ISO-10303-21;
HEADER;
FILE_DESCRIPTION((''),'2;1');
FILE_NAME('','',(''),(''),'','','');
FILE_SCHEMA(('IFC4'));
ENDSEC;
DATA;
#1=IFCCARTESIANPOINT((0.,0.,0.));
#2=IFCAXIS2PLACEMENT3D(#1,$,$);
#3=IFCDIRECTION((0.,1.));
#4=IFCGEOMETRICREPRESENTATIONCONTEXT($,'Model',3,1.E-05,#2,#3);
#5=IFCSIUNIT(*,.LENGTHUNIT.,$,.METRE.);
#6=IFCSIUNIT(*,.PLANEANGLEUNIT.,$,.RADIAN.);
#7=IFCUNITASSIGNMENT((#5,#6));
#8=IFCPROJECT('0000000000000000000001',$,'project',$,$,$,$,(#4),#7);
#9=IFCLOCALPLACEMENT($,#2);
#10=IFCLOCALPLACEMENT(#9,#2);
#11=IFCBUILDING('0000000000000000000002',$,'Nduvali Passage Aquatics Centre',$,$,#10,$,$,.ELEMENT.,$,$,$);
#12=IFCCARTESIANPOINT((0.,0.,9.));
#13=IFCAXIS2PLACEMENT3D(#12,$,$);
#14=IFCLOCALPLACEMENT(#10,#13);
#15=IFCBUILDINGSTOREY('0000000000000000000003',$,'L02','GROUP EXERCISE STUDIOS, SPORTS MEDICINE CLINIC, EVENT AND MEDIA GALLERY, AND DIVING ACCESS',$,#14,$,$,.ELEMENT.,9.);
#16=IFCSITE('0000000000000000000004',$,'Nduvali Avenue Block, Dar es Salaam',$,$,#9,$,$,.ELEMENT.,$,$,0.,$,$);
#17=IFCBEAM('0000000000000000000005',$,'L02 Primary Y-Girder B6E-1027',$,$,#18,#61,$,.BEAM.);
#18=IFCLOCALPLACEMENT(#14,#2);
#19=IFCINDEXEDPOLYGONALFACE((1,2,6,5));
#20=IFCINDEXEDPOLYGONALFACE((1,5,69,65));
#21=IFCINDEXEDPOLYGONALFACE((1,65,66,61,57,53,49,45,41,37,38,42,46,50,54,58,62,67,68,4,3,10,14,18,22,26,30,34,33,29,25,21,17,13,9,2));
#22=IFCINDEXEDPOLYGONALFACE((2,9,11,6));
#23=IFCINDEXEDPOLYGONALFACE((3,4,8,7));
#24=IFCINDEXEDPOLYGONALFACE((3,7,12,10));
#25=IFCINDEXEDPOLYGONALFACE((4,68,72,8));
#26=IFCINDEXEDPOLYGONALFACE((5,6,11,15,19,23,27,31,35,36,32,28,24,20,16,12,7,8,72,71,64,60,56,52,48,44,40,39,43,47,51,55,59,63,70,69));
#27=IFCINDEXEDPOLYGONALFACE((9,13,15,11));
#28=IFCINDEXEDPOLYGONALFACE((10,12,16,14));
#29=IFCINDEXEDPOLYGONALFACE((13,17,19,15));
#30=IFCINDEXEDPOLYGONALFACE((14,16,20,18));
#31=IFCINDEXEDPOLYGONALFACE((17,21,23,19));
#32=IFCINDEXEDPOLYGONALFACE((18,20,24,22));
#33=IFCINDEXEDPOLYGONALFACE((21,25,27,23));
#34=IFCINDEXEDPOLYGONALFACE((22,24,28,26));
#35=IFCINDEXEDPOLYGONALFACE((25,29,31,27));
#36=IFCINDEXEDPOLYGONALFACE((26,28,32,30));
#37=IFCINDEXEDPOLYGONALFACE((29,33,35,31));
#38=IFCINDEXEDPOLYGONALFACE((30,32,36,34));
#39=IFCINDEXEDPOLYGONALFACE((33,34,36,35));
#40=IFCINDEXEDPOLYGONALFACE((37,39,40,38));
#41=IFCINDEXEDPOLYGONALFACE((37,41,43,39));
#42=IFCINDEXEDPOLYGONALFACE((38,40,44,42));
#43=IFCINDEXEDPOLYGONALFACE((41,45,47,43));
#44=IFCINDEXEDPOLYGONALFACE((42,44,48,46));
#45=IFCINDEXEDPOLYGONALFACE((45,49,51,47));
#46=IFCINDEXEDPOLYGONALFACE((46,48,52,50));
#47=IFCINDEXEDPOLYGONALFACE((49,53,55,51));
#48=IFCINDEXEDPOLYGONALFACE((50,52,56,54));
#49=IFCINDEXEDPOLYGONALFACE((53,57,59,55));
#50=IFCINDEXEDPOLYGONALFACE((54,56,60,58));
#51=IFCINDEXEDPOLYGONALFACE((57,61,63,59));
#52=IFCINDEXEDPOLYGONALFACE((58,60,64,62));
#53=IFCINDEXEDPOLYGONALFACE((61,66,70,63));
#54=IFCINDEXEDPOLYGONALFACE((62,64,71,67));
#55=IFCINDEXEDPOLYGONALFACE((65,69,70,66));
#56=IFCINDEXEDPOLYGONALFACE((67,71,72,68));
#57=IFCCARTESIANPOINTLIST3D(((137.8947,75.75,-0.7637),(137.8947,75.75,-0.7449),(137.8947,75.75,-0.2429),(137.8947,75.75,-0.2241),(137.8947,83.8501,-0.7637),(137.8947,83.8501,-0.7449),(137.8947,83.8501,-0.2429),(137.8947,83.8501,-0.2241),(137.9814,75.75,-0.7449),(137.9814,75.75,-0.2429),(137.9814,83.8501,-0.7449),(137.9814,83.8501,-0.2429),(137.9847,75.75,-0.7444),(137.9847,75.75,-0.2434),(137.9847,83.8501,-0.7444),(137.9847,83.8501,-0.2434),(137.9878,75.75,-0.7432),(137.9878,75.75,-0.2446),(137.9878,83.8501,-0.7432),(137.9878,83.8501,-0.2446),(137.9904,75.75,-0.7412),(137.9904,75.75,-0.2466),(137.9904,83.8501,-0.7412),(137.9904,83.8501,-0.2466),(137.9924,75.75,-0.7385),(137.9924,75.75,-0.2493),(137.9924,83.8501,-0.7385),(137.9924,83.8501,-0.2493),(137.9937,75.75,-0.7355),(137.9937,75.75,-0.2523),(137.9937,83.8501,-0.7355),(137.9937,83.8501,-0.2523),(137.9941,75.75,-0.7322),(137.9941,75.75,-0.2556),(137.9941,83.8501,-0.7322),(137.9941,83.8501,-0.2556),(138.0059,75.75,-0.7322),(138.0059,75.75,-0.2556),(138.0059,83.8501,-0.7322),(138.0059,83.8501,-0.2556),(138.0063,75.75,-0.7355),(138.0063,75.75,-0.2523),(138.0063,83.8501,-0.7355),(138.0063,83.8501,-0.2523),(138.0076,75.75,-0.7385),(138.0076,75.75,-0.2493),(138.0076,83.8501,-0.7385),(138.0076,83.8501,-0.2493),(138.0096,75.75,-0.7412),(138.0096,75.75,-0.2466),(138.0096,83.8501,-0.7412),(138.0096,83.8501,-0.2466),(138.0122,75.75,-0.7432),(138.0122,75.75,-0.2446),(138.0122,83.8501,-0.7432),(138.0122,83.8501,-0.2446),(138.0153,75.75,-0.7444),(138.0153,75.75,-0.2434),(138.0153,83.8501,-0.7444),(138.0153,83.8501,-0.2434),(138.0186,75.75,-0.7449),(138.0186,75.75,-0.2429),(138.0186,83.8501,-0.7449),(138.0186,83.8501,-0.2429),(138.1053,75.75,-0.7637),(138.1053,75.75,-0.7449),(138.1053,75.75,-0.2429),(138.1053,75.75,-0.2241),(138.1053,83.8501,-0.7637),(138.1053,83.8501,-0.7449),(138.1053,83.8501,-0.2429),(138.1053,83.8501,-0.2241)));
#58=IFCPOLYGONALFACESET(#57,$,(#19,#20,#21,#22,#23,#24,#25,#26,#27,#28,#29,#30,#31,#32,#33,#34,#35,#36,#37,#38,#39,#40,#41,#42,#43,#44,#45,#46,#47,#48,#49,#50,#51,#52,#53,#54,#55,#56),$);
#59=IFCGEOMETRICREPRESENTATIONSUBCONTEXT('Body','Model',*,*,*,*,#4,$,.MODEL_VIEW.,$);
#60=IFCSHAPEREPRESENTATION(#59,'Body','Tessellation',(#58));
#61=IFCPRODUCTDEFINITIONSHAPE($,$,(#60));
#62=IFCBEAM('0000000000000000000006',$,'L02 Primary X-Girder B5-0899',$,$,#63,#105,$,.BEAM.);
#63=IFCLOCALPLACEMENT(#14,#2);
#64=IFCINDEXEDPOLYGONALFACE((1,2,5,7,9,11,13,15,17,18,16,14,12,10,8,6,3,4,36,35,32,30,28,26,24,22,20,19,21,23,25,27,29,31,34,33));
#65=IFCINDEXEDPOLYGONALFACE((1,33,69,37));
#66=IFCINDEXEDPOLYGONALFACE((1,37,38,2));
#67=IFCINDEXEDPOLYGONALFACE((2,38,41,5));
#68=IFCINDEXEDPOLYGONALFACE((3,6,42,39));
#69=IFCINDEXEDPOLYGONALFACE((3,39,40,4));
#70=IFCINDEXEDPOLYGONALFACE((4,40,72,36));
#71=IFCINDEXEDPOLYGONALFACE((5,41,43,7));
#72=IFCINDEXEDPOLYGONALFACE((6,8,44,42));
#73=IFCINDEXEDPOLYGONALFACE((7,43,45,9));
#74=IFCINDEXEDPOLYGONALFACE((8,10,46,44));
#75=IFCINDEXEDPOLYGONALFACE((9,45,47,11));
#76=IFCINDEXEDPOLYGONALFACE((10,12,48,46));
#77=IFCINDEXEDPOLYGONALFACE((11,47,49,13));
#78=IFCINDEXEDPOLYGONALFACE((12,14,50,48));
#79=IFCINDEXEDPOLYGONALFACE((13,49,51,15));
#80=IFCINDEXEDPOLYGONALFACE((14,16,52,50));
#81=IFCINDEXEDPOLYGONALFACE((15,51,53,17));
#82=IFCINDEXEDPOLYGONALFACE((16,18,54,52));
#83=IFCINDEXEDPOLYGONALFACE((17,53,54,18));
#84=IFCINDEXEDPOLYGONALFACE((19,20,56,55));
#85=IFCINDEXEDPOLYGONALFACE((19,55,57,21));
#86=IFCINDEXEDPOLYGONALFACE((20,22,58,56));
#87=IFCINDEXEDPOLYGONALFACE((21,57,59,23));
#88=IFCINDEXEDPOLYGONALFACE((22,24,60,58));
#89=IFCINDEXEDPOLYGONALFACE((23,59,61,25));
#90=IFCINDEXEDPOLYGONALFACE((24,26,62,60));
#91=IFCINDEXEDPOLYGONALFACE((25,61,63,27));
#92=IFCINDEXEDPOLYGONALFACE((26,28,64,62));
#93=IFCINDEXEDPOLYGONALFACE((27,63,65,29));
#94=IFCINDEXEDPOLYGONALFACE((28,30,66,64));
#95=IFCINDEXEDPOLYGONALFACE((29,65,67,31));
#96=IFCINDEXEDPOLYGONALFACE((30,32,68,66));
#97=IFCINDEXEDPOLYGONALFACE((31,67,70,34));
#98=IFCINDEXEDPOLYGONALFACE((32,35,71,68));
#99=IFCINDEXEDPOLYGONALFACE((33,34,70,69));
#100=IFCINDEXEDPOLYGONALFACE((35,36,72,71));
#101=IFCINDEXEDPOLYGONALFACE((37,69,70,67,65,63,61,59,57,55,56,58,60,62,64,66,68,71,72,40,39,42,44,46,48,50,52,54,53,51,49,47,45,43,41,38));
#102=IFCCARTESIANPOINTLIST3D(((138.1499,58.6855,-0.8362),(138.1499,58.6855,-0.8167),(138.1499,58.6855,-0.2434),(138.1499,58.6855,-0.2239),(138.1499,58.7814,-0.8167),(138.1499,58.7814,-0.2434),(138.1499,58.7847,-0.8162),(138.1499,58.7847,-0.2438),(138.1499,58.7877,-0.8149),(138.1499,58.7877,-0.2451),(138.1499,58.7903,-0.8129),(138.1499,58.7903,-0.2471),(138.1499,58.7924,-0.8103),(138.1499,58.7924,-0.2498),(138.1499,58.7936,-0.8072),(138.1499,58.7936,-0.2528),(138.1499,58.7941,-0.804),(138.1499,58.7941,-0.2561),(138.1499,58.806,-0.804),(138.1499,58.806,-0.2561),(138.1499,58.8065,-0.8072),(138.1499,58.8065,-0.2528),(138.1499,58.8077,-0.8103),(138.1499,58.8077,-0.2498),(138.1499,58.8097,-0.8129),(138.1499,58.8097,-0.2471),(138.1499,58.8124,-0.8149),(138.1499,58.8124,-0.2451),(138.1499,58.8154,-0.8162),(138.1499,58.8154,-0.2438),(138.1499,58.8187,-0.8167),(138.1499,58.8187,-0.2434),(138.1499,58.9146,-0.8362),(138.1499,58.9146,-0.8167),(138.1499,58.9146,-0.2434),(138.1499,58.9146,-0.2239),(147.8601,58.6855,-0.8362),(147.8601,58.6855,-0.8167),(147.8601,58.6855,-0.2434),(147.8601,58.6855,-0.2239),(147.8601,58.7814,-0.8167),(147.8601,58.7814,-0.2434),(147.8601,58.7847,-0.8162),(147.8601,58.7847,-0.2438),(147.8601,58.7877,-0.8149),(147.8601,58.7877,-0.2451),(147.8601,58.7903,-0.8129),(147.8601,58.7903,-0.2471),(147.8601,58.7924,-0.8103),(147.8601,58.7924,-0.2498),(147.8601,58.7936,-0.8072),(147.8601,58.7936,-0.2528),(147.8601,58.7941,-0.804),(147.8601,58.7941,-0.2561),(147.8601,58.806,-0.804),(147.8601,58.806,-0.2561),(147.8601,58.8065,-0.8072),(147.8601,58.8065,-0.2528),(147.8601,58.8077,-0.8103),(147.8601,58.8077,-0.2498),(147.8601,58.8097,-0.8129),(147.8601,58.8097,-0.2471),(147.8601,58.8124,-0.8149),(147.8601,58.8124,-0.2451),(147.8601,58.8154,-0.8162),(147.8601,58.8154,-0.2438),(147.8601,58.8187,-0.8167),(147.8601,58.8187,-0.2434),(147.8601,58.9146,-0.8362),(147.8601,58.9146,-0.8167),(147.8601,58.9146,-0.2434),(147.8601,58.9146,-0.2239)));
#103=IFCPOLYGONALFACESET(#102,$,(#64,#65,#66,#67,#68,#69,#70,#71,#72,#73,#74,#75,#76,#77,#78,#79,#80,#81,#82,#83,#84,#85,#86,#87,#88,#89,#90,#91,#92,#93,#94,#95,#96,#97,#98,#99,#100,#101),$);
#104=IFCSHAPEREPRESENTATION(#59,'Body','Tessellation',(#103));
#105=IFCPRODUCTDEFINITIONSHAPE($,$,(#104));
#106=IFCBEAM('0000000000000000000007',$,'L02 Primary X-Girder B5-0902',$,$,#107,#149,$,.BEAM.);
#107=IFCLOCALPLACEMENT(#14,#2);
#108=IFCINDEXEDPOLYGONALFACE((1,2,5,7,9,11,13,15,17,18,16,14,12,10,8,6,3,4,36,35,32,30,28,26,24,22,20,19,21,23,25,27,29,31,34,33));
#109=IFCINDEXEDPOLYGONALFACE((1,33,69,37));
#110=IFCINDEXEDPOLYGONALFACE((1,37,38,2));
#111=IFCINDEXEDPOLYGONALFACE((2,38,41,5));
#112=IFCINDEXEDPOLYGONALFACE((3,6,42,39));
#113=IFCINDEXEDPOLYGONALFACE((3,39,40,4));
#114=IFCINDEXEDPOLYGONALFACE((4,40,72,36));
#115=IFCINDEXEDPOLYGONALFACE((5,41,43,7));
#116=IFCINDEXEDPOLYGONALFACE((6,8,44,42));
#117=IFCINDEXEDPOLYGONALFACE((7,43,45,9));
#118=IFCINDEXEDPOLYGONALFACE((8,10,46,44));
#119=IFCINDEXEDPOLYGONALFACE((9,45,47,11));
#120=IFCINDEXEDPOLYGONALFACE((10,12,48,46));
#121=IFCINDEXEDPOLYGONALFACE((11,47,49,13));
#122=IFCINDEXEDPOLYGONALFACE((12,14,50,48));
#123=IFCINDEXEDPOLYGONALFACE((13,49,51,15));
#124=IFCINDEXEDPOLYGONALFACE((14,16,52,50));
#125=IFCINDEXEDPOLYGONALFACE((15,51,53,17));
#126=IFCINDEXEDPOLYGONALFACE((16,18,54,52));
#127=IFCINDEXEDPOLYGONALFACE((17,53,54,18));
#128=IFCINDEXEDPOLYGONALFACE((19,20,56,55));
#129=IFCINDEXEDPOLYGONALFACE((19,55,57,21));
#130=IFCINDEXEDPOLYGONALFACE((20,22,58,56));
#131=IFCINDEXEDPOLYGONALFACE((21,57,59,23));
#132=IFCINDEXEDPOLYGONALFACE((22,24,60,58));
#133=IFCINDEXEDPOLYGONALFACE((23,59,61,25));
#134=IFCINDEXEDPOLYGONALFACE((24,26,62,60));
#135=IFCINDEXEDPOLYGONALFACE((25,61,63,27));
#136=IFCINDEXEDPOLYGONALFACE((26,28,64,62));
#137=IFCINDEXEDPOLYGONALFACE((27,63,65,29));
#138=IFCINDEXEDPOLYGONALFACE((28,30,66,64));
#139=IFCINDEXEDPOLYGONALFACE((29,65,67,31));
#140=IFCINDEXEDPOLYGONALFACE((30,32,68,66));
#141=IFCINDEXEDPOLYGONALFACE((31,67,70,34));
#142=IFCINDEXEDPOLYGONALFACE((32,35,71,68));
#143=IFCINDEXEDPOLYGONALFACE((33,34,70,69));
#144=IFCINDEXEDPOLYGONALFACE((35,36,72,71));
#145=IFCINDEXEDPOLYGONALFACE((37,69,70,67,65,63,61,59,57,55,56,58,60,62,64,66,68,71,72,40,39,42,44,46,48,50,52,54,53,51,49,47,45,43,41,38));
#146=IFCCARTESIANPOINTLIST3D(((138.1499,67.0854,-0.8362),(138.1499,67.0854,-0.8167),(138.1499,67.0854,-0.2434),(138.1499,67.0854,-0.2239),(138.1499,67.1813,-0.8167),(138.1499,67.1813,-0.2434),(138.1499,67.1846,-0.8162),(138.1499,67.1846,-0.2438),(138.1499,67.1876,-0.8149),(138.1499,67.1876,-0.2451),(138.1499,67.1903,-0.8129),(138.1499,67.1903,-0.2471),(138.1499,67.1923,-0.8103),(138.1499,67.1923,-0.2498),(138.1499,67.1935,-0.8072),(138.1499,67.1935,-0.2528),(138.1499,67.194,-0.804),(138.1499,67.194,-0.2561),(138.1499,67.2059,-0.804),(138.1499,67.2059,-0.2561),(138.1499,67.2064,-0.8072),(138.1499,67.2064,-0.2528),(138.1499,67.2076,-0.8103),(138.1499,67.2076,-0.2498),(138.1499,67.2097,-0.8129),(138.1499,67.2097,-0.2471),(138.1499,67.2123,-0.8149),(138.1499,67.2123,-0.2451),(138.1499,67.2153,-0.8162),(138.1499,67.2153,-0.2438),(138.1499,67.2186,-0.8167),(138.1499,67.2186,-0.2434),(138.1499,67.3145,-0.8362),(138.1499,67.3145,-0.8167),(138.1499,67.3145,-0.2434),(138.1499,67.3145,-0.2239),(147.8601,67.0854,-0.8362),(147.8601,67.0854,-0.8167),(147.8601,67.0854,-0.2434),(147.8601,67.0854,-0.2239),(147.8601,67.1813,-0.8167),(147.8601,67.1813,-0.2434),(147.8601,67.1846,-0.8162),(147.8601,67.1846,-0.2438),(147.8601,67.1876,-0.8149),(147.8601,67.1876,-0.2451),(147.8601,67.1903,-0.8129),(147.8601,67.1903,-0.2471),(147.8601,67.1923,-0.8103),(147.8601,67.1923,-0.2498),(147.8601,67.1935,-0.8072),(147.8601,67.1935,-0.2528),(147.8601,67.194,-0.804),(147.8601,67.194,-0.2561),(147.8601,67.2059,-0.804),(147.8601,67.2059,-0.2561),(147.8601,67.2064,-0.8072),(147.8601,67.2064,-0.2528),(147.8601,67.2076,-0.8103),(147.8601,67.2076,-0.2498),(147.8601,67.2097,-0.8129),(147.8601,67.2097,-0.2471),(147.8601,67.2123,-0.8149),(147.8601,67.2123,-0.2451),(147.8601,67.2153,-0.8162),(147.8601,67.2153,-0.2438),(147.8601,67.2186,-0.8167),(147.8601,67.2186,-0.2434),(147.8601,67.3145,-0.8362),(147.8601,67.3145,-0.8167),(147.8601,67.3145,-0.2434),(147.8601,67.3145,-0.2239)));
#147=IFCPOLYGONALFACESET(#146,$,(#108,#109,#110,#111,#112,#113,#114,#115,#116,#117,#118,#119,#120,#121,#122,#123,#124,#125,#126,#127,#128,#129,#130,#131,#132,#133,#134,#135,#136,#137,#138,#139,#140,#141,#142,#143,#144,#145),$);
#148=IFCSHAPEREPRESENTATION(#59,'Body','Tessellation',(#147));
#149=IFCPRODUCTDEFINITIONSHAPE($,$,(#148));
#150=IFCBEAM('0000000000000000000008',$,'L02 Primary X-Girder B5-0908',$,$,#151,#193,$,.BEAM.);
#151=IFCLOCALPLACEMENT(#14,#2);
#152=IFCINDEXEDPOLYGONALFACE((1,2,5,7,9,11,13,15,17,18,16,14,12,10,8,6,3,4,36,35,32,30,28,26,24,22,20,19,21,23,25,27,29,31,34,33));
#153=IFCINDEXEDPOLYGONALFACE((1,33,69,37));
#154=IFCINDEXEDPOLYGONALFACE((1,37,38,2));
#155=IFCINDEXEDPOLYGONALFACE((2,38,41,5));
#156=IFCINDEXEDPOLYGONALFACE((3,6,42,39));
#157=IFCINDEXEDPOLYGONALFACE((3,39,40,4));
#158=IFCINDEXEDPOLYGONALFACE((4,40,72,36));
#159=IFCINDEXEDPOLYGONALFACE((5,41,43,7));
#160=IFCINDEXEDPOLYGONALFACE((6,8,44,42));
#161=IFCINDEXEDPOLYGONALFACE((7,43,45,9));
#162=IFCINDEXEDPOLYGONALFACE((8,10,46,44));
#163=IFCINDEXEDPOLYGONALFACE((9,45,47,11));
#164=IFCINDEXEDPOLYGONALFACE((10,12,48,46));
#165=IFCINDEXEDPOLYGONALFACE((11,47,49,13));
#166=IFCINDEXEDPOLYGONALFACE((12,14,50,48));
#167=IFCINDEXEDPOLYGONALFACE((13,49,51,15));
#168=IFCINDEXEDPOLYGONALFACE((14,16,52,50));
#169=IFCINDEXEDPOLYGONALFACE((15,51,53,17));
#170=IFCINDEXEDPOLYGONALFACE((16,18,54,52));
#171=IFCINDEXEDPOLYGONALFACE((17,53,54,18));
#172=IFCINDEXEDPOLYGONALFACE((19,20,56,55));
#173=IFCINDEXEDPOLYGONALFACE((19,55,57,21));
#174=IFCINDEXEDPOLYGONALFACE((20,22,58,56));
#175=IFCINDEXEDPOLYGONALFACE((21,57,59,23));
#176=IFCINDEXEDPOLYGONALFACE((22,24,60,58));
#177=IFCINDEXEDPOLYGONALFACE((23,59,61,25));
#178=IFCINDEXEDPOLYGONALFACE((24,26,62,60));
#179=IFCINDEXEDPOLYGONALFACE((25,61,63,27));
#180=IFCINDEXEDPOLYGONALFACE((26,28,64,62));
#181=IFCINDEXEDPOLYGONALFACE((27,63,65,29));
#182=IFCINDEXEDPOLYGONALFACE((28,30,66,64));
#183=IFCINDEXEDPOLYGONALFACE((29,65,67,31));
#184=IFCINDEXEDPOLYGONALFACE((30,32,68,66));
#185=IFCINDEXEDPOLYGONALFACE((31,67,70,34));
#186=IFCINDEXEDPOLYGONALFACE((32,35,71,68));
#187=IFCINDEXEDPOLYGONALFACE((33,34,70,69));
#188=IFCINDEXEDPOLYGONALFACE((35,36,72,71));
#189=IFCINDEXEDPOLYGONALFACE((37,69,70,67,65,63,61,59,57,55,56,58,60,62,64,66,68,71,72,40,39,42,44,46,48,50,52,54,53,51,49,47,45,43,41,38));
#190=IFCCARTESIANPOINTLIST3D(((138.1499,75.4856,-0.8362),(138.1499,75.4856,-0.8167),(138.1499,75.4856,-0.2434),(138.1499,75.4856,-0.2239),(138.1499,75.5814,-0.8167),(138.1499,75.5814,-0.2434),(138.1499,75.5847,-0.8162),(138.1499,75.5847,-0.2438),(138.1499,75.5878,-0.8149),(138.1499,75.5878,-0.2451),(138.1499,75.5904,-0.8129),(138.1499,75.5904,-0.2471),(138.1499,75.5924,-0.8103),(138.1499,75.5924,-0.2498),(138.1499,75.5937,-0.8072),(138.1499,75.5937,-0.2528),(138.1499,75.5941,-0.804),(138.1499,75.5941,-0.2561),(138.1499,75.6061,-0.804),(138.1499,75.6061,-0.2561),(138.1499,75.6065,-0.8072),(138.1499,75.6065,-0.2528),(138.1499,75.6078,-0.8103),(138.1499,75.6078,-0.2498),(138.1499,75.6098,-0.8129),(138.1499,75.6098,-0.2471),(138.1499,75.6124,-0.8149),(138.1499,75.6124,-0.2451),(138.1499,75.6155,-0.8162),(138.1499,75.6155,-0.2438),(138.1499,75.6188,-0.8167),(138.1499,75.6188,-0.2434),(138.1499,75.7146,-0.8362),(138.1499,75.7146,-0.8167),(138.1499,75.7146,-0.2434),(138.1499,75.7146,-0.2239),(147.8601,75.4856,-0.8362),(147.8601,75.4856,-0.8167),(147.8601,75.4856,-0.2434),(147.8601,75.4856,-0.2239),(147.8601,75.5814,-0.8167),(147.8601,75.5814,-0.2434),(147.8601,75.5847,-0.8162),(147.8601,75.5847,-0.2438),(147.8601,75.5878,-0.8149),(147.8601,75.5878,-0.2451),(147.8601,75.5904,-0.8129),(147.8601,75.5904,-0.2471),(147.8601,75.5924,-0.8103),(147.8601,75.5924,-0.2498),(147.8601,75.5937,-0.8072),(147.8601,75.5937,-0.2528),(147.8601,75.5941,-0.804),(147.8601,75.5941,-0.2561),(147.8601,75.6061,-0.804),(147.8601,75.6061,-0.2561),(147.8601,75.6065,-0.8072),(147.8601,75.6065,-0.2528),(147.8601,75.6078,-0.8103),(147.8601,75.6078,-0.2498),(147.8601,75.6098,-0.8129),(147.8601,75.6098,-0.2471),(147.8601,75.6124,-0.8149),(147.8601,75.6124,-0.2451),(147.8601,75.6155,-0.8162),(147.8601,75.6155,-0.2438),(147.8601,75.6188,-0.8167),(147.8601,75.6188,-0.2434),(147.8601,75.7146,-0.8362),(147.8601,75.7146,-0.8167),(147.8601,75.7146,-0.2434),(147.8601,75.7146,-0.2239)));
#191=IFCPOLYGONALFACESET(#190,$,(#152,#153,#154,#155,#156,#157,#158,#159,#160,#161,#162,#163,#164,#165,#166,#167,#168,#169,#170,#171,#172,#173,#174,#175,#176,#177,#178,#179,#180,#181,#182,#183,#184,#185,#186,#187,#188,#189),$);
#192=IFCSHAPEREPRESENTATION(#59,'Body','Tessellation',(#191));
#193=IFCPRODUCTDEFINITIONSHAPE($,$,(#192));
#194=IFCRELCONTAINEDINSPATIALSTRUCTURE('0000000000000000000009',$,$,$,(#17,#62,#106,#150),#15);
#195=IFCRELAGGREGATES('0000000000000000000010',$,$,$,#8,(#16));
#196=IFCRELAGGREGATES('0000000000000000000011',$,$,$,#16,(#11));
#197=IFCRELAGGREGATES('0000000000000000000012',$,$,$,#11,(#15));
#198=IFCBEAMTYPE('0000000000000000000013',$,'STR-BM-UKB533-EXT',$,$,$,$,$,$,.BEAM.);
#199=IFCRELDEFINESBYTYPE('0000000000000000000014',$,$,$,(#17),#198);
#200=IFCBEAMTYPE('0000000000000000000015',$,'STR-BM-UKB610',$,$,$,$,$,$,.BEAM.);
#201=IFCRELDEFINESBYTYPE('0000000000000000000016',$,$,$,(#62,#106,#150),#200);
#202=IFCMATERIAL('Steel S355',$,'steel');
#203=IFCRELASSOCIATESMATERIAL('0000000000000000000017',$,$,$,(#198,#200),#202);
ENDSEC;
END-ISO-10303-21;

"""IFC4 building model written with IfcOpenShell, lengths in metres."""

from ifc_helpers import new_model, si_unit, direction, frame, origin, origin_2d, place, context, subcontext, project, spatial, i_section, extrude, material, material_profile, profile_set, type_object, element, save


model = new_model("IFC4")

# Units and contexts
model_context = context("Model", 3, precision=1e-05, world=origin(), true_north=direction((0.0, 1.0)))
body_context = subcontext(model_context, "Body", "Model", "MODEL_VIEW")
ifc_project = project(units=[si_unit("LENGTHUNIT", "METRE"), si_unit("PLANEANGLEUNIT", "RADIAN")], contexts=[model_context])

# Site, building, storey
site_placement = place(None, origin())
site = spatial("IfcSite", under=ifc_project, at=site_placement, Name="Nduvali Avenue Block, Dar es Salaam", CompositionType="ELEMENT", RefElevation=0.0)
building_placement = place(site_placement, origin())
building = spatial("IfcBuilding", under=site, at=building_placement, Name="Nduvali Passage Aquatics Centre", CompositionType="ELEMENT")
storey_placement = place(building_placement, frame((0.0, 0.0, 9.0)))
storey = spatial("IfcBuildingStorey", under=building, at=storey_placement, Name="L02", Description="GROUP EXERCISE STUDIOS, SPORTS MEDICINE CLINIC, EVENT AND MEDIA GALLERY, AND DIVING ACCESS", CompositionType="ELEMENT", Elevation=9.0)

# Beams
ifc_material_1 = material(Name="Steel S355", Category="steel")
ifc_material_profile_1 = material_profile(ifc_material_1, i_section(OverallWidth=0.2107, OverallDepth=0.5396, WebThickness=0.0117, FlangeThickness=0.0188, FilletRadius=0.0127, at=origin_2d()), Name="UKB 533x210x109")
ifc_profile_set_1 = profile_set([ifc_material_profile_1], Name="Steel S355")
beam_type_1 = type_object("IfcBeamType", Name="STR-BM-UKB533-EXT", PredefinedType="BEAM", material=ifc_profile_set_1)
beam_1_placement = place(storey_placement, frame((138.0, 75.75, -0.4939), z_axis=(0.0, 1.0, 0.0), x_axis=(-1.0, 0.0, 0.0)))
element("IfcBeam", 1, at=beam_1_placement, inside=storey, type_object=beam_type_1, Name="L02 Primary Y-Girder B6E-1027", PredefinedType="BEAM", context=body_context, shape_type="SweptSolid", body=[
    extrude(i_section(OverallWidth=0.2107, OverallDepth=0.5396, WebThickness=0.0117, FlangeThickness=0.0188, FilletRadius=0.0127, at=origin_2d()), origin(), (0.0, 0.0, 1.0), 8.1001),
])
ifc_material_profile_2 = material_profile(ifc_material_1, i_section(OverallWidth=0.229, OverallDepth=0.6123, WebThickness=0.012, FlangeThickness=0.0195, FilletRadius=0.0127, at=origin_2d()), Name="UKB 610x229x125")
ifc_profile_set_2 = profile_set([ifc_material_profile_2], Name="Steel S355")
beam_type_2 = type_object("IfcBeamType", Name="STR-BM-UKB610", PredefinedType="BEAM", material=ifc_profile_set_2)
for number, where, z_axis, x_axis, name in (
    (2, (138.1499, 58.8, -0.53), (1.0, 0.0, 0.0), (0.0, 1.0, 0.0), "L02 Primary X-Girder B5-0899"),
    (3, (138.1499, 67.2, -0.53), (1.0, 0.0, 0.0), (0.0, 1.0, 0.0), "L02 Primary X-Girder B5-0902"),
    (4, (138.1499, 75.6001, -0.53), (1.0, 0.0, 0.0), (0.0, 1.0, 0.0), "L02 Primary X-Girder B5-0908"),
):
    element("IfcBeam", number, at=place(storey_placement, frame(where, z_axis=z_axis, x_axis=x_axis)), inside=storey, type_object=beam_type_2, Name=name, PredefinedType="BEAM", context=body_context, shape_type="SweptSolid", body=[
        extrude(i_section(OverallWidth=0.229, OverallDepth=0.6123, WebThickness=0.012, FlangeThickness=0.0195, FilletRadius=0.0127, at=origin_2d()), origin(), (0.0, 0.0, 1.0), 9.7102),
    ])

save(model, "model.ifc")
